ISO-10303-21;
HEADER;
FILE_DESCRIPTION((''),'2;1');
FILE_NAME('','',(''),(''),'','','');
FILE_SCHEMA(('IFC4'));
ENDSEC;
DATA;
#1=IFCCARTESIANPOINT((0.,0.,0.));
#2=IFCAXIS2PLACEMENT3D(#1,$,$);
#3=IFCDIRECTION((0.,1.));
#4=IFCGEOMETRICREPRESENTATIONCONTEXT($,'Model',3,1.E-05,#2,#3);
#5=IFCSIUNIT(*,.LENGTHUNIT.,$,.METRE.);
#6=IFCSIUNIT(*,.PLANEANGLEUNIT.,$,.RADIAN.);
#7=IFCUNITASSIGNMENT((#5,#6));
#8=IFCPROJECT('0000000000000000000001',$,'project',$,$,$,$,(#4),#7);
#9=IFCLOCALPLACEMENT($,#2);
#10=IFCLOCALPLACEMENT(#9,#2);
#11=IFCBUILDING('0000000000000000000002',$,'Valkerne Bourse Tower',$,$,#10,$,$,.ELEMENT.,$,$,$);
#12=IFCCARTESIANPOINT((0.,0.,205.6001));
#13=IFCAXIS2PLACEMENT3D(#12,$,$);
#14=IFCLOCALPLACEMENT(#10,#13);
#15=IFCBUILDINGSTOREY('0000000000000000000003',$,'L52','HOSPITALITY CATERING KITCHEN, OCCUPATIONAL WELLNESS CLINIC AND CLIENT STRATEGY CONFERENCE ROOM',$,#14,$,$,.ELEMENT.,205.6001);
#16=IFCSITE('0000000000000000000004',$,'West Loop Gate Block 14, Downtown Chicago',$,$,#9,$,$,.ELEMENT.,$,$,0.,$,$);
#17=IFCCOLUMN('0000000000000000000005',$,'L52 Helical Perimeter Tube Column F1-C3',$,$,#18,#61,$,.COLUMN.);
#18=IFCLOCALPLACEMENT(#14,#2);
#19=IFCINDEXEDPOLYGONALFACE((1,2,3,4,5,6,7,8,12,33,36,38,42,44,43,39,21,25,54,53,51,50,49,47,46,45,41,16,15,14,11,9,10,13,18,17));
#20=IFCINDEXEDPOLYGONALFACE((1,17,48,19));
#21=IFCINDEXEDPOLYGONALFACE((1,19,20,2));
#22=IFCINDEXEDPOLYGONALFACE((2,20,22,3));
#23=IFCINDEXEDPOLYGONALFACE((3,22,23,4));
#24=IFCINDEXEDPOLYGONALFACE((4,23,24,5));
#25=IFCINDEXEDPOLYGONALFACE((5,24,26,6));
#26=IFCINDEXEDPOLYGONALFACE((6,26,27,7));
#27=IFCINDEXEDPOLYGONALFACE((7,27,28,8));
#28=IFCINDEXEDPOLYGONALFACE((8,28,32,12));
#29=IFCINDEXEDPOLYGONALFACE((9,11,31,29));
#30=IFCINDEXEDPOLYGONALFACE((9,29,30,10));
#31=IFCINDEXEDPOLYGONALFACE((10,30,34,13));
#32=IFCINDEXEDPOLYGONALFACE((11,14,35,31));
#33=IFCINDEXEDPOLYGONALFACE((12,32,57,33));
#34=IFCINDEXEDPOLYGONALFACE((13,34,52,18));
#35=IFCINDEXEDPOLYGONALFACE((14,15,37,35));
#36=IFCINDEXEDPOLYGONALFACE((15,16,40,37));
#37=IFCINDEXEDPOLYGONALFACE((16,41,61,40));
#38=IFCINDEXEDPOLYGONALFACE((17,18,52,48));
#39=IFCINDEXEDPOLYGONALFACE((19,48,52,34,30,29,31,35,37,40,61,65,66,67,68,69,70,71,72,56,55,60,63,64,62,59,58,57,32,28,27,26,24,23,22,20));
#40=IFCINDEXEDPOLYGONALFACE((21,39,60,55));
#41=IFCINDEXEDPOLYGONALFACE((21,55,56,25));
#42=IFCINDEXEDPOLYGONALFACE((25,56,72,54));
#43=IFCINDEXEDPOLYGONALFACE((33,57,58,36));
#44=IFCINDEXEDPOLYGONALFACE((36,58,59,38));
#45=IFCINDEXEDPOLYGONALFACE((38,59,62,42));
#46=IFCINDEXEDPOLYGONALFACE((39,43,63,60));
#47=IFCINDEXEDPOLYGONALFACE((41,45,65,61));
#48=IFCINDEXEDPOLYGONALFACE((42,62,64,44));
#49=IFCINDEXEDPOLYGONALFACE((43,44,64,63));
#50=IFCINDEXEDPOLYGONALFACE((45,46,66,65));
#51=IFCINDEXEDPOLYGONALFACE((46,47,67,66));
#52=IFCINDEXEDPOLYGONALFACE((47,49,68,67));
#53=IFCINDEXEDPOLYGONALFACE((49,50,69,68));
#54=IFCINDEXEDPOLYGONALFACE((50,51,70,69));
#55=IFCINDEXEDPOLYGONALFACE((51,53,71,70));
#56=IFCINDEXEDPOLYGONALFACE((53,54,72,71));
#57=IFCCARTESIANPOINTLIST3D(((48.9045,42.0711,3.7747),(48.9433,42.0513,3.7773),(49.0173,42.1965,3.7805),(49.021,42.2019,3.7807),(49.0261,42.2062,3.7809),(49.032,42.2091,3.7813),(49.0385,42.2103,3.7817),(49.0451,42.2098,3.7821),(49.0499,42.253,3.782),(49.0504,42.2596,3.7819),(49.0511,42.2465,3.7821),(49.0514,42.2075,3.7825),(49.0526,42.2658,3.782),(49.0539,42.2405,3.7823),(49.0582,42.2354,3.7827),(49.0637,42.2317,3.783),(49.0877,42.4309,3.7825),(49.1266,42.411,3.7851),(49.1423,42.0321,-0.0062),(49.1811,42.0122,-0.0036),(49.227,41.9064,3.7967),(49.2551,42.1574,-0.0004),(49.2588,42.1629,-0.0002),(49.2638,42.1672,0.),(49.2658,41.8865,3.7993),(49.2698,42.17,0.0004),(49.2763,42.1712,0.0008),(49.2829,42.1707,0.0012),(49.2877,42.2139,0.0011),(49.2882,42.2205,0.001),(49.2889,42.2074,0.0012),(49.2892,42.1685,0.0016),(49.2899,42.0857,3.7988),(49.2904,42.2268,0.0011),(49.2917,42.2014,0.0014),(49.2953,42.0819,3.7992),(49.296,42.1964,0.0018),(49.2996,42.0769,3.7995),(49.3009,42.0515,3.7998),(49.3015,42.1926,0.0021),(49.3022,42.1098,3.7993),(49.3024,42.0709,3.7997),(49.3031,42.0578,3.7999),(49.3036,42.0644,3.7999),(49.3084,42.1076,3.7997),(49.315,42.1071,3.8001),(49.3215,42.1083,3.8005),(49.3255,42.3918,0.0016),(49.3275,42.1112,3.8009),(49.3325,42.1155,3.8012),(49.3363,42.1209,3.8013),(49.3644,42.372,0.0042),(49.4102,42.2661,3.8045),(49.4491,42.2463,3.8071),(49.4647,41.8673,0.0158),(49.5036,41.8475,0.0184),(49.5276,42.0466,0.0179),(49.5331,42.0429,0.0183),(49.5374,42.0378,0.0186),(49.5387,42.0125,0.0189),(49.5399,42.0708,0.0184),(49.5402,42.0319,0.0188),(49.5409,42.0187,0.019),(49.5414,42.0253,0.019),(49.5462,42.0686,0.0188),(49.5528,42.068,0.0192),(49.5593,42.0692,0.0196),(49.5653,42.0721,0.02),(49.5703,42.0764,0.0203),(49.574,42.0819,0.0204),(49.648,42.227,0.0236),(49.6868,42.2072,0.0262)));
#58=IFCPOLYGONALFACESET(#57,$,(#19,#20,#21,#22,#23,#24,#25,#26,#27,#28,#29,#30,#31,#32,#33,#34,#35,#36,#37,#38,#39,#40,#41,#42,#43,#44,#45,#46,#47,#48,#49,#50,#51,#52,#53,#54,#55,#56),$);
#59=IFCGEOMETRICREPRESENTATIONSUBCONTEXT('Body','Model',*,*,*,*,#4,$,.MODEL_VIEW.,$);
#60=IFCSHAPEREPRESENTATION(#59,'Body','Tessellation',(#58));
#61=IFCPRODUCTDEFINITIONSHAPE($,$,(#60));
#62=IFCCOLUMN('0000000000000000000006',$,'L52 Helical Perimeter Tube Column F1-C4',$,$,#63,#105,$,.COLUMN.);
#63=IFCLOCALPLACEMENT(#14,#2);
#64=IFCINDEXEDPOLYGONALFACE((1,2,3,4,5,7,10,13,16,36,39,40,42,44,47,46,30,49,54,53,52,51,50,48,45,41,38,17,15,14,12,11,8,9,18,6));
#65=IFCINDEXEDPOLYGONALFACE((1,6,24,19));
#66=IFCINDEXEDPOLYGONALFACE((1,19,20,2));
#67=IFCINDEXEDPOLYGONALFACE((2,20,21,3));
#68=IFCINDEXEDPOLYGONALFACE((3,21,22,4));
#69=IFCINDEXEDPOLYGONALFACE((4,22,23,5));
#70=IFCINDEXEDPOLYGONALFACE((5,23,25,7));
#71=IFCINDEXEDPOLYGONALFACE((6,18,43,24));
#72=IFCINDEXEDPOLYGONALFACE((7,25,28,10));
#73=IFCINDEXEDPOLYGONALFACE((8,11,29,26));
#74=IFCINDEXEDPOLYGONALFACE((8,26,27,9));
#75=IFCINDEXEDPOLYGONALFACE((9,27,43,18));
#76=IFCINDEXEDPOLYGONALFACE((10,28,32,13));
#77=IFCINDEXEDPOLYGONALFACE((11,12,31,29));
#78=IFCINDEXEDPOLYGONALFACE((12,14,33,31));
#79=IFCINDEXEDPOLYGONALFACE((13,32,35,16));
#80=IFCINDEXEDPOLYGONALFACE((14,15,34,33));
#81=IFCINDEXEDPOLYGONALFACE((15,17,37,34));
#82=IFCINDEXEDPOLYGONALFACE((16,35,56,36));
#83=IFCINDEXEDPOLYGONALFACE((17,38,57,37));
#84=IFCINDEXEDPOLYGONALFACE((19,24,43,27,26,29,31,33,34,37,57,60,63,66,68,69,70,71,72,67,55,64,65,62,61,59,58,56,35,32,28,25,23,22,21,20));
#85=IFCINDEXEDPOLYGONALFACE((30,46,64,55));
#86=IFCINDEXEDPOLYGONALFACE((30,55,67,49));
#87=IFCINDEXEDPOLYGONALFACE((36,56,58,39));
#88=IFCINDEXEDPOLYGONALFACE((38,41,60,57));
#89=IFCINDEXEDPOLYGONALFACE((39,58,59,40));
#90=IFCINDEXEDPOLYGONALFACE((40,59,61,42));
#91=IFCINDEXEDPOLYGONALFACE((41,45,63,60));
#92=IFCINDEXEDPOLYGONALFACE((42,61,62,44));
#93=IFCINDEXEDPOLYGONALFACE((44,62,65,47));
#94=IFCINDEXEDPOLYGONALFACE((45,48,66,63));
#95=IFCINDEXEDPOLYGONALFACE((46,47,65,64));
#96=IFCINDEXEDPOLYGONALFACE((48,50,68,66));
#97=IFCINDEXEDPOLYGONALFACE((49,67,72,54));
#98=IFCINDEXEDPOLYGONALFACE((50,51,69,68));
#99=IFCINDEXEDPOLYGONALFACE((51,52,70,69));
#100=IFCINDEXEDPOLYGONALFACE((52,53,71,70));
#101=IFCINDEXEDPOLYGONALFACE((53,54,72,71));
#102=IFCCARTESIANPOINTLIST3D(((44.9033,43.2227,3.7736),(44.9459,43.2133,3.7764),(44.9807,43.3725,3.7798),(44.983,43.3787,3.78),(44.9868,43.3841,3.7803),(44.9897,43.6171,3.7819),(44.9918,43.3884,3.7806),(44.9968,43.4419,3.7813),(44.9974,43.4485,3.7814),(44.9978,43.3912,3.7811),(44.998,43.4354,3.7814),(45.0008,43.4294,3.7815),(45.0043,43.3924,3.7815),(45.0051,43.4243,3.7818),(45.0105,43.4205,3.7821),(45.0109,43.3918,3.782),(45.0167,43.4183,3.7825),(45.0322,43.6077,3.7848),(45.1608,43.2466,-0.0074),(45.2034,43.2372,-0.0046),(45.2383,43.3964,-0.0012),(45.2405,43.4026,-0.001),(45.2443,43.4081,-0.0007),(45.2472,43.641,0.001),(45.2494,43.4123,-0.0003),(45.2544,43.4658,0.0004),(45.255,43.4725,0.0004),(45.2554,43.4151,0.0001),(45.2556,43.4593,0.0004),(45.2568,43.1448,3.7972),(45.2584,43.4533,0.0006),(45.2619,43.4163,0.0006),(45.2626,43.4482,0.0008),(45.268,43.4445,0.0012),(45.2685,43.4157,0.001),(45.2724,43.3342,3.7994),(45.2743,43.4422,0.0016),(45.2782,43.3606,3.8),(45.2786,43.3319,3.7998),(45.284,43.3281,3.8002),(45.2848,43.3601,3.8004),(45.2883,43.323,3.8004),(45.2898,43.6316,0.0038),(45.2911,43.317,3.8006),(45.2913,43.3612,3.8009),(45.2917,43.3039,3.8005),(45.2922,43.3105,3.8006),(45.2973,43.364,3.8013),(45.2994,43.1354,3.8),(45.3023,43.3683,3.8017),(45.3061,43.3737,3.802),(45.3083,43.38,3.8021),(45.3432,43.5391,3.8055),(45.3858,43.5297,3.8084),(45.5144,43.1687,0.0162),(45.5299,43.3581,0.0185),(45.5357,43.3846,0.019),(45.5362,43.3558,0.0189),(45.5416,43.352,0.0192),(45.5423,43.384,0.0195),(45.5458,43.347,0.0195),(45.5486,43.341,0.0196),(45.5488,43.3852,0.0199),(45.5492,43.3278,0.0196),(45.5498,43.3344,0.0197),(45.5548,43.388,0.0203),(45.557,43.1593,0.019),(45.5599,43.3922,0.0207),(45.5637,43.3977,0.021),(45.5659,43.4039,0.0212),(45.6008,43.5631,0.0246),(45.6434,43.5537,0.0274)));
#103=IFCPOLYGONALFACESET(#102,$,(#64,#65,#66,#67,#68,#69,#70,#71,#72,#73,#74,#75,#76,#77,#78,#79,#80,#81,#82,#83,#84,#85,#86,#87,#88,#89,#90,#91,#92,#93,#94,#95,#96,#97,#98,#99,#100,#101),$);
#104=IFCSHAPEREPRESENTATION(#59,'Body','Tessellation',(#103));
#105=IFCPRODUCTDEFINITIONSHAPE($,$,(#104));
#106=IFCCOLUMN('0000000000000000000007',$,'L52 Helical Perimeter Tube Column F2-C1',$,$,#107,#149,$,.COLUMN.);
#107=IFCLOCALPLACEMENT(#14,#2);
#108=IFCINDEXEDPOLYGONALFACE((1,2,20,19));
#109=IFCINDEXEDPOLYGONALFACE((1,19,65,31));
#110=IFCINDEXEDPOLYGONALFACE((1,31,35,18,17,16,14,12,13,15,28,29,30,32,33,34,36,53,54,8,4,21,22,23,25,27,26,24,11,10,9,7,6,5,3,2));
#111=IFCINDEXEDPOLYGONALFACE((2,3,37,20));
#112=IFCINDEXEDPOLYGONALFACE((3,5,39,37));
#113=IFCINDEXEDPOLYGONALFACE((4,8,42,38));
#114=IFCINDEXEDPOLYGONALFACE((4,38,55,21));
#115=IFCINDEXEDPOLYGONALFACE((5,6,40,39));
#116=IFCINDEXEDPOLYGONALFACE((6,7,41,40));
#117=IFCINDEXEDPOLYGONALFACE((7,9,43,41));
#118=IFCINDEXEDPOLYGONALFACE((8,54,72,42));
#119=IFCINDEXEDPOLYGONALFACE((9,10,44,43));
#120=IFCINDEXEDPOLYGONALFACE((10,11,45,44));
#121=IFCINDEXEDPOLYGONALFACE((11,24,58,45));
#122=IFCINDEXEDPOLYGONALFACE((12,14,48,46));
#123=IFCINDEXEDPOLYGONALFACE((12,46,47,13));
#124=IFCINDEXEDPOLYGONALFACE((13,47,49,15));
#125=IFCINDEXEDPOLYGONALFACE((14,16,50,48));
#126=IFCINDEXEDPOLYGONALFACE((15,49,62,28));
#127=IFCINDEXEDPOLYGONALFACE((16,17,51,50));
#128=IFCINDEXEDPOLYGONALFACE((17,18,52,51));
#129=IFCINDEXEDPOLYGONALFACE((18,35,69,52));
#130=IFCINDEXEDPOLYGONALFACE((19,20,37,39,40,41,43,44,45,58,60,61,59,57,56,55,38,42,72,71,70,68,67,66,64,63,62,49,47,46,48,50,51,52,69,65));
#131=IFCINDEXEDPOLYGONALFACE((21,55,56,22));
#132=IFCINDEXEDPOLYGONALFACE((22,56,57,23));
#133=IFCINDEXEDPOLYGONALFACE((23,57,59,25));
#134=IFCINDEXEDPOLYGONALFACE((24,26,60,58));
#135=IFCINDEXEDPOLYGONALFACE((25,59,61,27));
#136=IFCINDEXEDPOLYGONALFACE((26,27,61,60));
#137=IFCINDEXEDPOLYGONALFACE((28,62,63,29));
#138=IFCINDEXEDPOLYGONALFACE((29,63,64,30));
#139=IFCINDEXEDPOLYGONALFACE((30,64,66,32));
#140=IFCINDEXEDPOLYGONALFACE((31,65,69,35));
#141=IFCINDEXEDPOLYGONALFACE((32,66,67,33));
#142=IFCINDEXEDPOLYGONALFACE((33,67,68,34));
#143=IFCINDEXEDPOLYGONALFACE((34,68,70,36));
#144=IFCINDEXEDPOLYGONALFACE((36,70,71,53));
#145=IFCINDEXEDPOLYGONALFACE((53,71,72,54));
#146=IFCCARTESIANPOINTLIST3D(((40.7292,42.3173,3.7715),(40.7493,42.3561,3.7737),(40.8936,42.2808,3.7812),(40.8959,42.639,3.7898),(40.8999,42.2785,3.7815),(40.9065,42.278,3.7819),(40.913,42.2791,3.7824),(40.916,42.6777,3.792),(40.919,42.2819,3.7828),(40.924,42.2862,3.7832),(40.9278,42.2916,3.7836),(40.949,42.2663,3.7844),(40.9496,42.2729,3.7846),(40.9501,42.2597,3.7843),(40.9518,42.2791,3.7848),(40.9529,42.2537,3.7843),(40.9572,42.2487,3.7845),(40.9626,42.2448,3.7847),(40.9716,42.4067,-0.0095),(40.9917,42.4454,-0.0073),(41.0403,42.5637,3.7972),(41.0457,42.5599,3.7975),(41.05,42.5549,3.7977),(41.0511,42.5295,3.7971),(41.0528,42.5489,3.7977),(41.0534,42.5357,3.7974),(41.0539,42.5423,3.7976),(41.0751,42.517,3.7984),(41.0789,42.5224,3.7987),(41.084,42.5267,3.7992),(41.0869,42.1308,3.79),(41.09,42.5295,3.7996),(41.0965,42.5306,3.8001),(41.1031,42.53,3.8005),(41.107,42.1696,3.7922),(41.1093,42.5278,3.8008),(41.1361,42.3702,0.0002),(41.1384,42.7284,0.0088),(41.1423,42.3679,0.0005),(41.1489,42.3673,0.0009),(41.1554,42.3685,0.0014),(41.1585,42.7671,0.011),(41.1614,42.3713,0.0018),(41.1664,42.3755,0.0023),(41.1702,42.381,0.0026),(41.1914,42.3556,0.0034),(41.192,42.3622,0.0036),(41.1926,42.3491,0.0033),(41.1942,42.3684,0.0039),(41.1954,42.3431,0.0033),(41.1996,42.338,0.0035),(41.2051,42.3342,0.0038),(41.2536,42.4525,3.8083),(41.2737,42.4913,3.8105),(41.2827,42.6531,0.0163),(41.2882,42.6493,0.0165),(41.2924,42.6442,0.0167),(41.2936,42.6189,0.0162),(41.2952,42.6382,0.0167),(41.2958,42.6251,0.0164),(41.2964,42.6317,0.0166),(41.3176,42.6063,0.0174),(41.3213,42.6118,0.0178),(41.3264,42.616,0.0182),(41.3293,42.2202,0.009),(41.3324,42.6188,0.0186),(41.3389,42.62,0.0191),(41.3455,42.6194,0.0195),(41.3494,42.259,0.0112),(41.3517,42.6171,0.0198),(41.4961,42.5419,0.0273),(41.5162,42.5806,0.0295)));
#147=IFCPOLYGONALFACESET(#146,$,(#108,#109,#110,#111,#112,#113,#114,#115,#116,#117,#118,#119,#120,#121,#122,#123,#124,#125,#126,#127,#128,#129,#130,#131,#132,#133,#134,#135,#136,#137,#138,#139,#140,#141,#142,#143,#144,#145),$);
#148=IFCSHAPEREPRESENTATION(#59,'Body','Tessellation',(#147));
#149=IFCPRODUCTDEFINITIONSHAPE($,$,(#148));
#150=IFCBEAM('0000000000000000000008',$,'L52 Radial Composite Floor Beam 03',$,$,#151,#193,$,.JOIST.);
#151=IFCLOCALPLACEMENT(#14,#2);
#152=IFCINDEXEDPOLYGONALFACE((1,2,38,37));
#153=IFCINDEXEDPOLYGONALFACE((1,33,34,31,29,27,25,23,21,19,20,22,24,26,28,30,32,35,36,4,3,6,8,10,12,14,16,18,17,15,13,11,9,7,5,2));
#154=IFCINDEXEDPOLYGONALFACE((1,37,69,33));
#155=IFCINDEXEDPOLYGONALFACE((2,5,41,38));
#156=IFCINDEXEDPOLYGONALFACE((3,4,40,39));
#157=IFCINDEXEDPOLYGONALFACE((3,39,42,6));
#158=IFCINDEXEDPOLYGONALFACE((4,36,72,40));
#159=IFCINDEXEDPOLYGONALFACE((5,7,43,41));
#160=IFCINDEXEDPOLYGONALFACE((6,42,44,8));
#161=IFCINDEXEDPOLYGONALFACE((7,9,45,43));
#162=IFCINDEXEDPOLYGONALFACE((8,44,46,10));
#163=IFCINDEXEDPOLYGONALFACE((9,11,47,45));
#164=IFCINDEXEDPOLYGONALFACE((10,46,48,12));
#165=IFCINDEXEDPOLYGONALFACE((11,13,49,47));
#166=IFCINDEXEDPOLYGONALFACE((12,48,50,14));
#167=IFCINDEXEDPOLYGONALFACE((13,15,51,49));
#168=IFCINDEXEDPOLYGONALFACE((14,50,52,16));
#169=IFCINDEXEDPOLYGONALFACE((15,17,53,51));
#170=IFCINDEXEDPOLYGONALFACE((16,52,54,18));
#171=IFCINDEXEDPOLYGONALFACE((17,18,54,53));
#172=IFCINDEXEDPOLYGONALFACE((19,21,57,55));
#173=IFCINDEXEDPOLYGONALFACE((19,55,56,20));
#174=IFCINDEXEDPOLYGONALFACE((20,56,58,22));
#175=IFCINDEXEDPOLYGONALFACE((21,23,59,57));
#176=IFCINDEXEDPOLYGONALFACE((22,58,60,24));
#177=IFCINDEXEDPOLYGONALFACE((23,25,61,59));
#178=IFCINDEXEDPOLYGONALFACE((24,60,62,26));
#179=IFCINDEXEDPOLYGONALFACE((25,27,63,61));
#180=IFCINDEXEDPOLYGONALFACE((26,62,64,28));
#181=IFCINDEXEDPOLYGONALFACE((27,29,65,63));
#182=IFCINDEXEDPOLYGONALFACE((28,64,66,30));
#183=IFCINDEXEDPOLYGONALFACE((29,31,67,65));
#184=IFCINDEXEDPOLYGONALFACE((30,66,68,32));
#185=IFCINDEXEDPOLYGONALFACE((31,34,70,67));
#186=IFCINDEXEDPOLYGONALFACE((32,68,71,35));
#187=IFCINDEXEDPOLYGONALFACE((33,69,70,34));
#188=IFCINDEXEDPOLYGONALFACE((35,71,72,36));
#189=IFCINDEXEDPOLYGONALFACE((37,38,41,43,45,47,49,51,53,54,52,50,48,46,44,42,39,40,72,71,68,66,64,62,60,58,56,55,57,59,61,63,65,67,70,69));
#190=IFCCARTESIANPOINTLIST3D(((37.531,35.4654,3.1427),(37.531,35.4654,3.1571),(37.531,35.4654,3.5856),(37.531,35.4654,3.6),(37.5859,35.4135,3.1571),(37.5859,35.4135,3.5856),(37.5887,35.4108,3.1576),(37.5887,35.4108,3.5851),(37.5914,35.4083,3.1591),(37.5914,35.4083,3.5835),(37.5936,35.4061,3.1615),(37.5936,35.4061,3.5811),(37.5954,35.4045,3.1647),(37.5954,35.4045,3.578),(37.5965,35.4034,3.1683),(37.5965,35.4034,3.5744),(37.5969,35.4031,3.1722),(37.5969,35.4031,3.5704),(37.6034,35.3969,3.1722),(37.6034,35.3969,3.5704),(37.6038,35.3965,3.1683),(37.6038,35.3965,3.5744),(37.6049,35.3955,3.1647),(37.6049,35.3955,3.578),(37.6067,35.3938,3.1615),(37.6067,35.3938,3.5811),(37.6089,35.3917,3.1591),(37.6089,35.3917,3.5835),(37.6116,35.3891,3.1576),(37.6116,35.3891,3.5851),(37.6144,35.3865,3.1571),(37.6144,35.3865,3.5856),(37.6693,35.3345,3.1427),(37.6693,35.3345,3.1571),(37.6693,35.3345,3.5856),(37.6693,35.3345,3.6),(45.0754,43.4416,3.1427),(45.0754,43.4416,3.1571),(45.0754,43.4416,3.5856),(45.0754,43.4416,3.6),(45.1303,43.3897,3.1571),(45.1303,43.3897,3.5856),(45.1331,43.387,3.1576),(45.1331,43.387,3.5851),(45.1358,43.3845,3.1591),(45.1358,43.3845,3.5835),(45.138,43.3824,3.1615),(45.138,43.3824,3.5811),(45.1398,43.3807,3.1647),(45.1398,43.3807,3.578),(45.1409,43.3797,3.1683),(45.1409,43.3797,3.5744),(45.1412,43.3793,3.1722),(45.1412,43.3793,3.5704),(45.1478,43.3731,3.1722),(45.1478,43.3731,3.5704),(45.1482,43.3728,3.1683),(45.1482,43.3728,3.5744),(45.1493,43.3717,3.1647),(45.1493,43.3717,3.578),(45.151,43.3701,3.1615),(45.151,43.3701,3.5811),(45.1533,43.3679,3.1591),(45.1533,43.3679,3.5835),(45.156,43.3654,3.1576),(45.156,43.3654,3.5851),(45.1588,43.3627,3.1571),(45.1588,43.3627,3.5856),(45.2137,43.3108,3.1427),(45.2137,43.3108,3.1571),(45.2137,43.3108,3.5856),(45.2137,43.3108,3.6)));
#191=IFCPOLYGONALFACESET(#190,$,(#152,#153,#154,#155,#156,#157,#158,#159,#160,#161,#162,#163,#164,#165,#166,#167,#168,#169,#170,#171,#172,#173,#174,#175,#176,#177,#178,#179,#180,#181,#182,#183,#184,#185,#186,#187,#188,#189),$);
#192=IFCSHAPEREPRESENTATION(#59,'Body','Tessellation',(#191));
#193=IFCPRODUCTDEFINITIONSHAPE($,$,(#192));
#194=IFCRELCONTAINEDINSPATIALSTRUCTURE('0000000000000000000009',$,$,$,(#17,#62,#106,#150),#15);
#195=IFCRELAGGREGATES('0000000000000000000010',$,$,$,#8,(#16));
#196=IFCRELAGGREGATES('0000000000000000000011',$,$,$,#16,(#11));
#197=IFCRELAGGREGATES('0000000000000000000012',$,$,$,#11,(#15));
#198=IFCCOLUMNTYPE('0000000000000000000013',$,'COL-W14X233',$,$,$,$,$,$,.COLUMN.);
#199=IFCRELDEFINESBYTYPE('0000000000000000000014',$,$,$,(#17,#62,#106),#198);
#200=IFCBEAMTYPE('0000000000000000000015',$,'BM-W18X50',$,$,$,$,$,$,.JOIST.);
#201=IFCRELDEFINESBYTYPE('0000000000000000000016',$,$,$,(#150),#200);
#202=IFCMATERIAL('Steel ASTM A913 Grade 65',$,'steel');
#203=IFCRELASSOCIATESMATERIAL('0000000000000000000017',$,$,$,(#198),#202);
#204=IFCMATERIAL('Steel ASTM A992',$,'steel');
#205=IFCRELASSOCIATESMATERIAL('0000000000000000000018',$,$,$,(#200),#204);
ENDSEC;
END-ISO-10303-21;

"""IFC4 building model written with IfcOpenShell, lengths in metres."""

from ifc_helpers import new_model, si_unit, direction, frame, origin, origin_2d, place, context, subcontext, project, spatial, i_section, extrude, material, material_profile, profile_set, type_object, element, save


model = new_model("IFC4")

# Units and contexts
model_context = context("Model", 3, precision=1e-05, world=origin(), true_north=direction((0.0, 1.0)))
body_context = subcontext(model_context, "Body", "Model", "MODEL_VIEW")
ifc_project = project(units=[si_unit("LENGTHUNIT", "METRE"), si_unit("PLANEANGLEUNIT", "RADIAN")], contexts=[model_context])

# Site, building, storey
site_placement = place(None, origin())
site = spatial("IfcSite", under=ifc_project, at=site_placement, Name="West Loop Gate Block 14, Downtown Chicago", CompositionType="ELEMENT", RefElevation=0.0)
building_placement = place(site_placement, origin())
building = spatial("IfcBuilding", under=site, at=building_placement, Name="Valkerne Bourse Tower", CompositionType="ELEMENT")
storey_placement = place(building_placement, frame((0.0, 0.0, 205.6001)))
storey = spatial("IfcBuildingStorey", under=building, at=storey_placement, Name="L52", Description="HOSPITALITY CATERING KITCHEN, OCCUPATIONAL WELLNESS CLINIC AND CLIENT STRATEGY CONFERENCE ROOM", CompositionType="ELEMENT", Elevation=205.6001)

# Columns
ifc_material_1 = material(Name="Steel ASTM A913 Grade 65", Category="steel")
ifc_material_profile_1 = material_profile(ifc_material_1, i_section(OverallWidth=0.4038, OverallDepth=0.4065, WebThickness=0.0271, FlangeThickness=0.0437, FilletRadius=0.0254, at=origin_2d()), Name="W14X233")
ifc_profile_set_1 = profile_set([ifc_material_profile_1], Name="Steel ASTM A913 Grade 65")
column_type = type_object("IfcColumnType", Name="COL-W14X233", PredefinedType="COLUMN", material=ifc_profile_set_1)
column_placement = place(storey_placement, frame((49.4146, 42.1196, 0.01), z_axis=(-0.062764, 0.01031, 0.997975), x_axis=(0.45383, 0.890879, 0.019338)))
element("IfcColumn", 1, at=column_placement, inside=storey, type_object=column_type, Name="L52 Helical Perimeter Tube Column F1-C3", PredefinedType="COLUMN", context=body_context, shape_type="SweptSolid", body=[
    extrude(i_section(OverallWidth=0.4038, OverallDepth=0.4065, WebThickness=0.0271, FlangeThickness=0.0437, FilletRadius=0.0254, at=origin_2d()), origin(), (0.0, 0.0, 1.0), 3.7886),
])
for number, where, z_axis, x_axis, name in (
    (2, (45.4021, 43.4001, 0.01), (-0.067963, -0.006313, 0.997668), (0.213909, 0.976633, 0.020752), "L52 Helical Perimeter Tube Column F1-C4"),
    (3, (41.2439, 42.4937, 0.01), (-0.063969, -0.023578, 0.997673), (-0.885806, 0.461781, -0.045883), "L52 Helical Perimeter Tube Column F2-C1"),
):
    element("IfcColumn", number, at=place(storey_placement, frame(where, z_axis=z_axis, x_axis=x_axis)), inside=storey, type_object=column_type, Name=name, PredefinedType="COLUMN", context=body_context, shape_type="SweptSolid", body=[
        extrude(i_section(OverallWidth=0.4038, OverallDepth=0.4065, WebThickness=0.0271, FlangeThickness=0.0437, FilletRadius=0.0254, at=origin_2d()), origin(), (0.0, 0.0, 1.0), 3.7898),
    ])

# Beam
ifc_material_2 = material(Name="Steel ASTM A992", Category="steel")
ifc_material_profile_2 = material_profile(ifc_material_2, i_section(OverallWidth=0.1904, OverallDepth=0.4573, WebThickness=0.009, FlangeThickness=0.0144, FilletRadius=0.0151, at=origin_2d()), Name="W18X50")
ifc_profile_set_2 = profile_set([ifc_material_profile_2], Name="Steel ASTM A992")
beam_type_1 = type_object("IfcBeamType", Name="BM-W18X50", PredefinedType="JOIST", material=ifc_profile_set_2)
beam_1_placement = place(storey_placement, frame((45.1445, 43.3762, 3.3713), z_axis=(-0.687165, -0.726502, 0.0), x_axis=(0.726502, -0.687165, 0.0)))
element("IfcBeam", 4, at=beam_1_placement, inside=storey, type_object=beam_type_1, Name="L52 Radial Composite Floor Beam 03", PredefinedType="JOIST", context=body_context, shape_type="SweptSolid", body=[
    extrude(i_section(OverallWidth=0.1904, OverallDepth=0.4573, WebThickness=0.009, FlangeThickness=0.0144, FilletRadius=0.0151, at=origin_2d()), origin(), (0.0, 0.0, 1.0), 10.979),
])

save(model, "model.ifc")
